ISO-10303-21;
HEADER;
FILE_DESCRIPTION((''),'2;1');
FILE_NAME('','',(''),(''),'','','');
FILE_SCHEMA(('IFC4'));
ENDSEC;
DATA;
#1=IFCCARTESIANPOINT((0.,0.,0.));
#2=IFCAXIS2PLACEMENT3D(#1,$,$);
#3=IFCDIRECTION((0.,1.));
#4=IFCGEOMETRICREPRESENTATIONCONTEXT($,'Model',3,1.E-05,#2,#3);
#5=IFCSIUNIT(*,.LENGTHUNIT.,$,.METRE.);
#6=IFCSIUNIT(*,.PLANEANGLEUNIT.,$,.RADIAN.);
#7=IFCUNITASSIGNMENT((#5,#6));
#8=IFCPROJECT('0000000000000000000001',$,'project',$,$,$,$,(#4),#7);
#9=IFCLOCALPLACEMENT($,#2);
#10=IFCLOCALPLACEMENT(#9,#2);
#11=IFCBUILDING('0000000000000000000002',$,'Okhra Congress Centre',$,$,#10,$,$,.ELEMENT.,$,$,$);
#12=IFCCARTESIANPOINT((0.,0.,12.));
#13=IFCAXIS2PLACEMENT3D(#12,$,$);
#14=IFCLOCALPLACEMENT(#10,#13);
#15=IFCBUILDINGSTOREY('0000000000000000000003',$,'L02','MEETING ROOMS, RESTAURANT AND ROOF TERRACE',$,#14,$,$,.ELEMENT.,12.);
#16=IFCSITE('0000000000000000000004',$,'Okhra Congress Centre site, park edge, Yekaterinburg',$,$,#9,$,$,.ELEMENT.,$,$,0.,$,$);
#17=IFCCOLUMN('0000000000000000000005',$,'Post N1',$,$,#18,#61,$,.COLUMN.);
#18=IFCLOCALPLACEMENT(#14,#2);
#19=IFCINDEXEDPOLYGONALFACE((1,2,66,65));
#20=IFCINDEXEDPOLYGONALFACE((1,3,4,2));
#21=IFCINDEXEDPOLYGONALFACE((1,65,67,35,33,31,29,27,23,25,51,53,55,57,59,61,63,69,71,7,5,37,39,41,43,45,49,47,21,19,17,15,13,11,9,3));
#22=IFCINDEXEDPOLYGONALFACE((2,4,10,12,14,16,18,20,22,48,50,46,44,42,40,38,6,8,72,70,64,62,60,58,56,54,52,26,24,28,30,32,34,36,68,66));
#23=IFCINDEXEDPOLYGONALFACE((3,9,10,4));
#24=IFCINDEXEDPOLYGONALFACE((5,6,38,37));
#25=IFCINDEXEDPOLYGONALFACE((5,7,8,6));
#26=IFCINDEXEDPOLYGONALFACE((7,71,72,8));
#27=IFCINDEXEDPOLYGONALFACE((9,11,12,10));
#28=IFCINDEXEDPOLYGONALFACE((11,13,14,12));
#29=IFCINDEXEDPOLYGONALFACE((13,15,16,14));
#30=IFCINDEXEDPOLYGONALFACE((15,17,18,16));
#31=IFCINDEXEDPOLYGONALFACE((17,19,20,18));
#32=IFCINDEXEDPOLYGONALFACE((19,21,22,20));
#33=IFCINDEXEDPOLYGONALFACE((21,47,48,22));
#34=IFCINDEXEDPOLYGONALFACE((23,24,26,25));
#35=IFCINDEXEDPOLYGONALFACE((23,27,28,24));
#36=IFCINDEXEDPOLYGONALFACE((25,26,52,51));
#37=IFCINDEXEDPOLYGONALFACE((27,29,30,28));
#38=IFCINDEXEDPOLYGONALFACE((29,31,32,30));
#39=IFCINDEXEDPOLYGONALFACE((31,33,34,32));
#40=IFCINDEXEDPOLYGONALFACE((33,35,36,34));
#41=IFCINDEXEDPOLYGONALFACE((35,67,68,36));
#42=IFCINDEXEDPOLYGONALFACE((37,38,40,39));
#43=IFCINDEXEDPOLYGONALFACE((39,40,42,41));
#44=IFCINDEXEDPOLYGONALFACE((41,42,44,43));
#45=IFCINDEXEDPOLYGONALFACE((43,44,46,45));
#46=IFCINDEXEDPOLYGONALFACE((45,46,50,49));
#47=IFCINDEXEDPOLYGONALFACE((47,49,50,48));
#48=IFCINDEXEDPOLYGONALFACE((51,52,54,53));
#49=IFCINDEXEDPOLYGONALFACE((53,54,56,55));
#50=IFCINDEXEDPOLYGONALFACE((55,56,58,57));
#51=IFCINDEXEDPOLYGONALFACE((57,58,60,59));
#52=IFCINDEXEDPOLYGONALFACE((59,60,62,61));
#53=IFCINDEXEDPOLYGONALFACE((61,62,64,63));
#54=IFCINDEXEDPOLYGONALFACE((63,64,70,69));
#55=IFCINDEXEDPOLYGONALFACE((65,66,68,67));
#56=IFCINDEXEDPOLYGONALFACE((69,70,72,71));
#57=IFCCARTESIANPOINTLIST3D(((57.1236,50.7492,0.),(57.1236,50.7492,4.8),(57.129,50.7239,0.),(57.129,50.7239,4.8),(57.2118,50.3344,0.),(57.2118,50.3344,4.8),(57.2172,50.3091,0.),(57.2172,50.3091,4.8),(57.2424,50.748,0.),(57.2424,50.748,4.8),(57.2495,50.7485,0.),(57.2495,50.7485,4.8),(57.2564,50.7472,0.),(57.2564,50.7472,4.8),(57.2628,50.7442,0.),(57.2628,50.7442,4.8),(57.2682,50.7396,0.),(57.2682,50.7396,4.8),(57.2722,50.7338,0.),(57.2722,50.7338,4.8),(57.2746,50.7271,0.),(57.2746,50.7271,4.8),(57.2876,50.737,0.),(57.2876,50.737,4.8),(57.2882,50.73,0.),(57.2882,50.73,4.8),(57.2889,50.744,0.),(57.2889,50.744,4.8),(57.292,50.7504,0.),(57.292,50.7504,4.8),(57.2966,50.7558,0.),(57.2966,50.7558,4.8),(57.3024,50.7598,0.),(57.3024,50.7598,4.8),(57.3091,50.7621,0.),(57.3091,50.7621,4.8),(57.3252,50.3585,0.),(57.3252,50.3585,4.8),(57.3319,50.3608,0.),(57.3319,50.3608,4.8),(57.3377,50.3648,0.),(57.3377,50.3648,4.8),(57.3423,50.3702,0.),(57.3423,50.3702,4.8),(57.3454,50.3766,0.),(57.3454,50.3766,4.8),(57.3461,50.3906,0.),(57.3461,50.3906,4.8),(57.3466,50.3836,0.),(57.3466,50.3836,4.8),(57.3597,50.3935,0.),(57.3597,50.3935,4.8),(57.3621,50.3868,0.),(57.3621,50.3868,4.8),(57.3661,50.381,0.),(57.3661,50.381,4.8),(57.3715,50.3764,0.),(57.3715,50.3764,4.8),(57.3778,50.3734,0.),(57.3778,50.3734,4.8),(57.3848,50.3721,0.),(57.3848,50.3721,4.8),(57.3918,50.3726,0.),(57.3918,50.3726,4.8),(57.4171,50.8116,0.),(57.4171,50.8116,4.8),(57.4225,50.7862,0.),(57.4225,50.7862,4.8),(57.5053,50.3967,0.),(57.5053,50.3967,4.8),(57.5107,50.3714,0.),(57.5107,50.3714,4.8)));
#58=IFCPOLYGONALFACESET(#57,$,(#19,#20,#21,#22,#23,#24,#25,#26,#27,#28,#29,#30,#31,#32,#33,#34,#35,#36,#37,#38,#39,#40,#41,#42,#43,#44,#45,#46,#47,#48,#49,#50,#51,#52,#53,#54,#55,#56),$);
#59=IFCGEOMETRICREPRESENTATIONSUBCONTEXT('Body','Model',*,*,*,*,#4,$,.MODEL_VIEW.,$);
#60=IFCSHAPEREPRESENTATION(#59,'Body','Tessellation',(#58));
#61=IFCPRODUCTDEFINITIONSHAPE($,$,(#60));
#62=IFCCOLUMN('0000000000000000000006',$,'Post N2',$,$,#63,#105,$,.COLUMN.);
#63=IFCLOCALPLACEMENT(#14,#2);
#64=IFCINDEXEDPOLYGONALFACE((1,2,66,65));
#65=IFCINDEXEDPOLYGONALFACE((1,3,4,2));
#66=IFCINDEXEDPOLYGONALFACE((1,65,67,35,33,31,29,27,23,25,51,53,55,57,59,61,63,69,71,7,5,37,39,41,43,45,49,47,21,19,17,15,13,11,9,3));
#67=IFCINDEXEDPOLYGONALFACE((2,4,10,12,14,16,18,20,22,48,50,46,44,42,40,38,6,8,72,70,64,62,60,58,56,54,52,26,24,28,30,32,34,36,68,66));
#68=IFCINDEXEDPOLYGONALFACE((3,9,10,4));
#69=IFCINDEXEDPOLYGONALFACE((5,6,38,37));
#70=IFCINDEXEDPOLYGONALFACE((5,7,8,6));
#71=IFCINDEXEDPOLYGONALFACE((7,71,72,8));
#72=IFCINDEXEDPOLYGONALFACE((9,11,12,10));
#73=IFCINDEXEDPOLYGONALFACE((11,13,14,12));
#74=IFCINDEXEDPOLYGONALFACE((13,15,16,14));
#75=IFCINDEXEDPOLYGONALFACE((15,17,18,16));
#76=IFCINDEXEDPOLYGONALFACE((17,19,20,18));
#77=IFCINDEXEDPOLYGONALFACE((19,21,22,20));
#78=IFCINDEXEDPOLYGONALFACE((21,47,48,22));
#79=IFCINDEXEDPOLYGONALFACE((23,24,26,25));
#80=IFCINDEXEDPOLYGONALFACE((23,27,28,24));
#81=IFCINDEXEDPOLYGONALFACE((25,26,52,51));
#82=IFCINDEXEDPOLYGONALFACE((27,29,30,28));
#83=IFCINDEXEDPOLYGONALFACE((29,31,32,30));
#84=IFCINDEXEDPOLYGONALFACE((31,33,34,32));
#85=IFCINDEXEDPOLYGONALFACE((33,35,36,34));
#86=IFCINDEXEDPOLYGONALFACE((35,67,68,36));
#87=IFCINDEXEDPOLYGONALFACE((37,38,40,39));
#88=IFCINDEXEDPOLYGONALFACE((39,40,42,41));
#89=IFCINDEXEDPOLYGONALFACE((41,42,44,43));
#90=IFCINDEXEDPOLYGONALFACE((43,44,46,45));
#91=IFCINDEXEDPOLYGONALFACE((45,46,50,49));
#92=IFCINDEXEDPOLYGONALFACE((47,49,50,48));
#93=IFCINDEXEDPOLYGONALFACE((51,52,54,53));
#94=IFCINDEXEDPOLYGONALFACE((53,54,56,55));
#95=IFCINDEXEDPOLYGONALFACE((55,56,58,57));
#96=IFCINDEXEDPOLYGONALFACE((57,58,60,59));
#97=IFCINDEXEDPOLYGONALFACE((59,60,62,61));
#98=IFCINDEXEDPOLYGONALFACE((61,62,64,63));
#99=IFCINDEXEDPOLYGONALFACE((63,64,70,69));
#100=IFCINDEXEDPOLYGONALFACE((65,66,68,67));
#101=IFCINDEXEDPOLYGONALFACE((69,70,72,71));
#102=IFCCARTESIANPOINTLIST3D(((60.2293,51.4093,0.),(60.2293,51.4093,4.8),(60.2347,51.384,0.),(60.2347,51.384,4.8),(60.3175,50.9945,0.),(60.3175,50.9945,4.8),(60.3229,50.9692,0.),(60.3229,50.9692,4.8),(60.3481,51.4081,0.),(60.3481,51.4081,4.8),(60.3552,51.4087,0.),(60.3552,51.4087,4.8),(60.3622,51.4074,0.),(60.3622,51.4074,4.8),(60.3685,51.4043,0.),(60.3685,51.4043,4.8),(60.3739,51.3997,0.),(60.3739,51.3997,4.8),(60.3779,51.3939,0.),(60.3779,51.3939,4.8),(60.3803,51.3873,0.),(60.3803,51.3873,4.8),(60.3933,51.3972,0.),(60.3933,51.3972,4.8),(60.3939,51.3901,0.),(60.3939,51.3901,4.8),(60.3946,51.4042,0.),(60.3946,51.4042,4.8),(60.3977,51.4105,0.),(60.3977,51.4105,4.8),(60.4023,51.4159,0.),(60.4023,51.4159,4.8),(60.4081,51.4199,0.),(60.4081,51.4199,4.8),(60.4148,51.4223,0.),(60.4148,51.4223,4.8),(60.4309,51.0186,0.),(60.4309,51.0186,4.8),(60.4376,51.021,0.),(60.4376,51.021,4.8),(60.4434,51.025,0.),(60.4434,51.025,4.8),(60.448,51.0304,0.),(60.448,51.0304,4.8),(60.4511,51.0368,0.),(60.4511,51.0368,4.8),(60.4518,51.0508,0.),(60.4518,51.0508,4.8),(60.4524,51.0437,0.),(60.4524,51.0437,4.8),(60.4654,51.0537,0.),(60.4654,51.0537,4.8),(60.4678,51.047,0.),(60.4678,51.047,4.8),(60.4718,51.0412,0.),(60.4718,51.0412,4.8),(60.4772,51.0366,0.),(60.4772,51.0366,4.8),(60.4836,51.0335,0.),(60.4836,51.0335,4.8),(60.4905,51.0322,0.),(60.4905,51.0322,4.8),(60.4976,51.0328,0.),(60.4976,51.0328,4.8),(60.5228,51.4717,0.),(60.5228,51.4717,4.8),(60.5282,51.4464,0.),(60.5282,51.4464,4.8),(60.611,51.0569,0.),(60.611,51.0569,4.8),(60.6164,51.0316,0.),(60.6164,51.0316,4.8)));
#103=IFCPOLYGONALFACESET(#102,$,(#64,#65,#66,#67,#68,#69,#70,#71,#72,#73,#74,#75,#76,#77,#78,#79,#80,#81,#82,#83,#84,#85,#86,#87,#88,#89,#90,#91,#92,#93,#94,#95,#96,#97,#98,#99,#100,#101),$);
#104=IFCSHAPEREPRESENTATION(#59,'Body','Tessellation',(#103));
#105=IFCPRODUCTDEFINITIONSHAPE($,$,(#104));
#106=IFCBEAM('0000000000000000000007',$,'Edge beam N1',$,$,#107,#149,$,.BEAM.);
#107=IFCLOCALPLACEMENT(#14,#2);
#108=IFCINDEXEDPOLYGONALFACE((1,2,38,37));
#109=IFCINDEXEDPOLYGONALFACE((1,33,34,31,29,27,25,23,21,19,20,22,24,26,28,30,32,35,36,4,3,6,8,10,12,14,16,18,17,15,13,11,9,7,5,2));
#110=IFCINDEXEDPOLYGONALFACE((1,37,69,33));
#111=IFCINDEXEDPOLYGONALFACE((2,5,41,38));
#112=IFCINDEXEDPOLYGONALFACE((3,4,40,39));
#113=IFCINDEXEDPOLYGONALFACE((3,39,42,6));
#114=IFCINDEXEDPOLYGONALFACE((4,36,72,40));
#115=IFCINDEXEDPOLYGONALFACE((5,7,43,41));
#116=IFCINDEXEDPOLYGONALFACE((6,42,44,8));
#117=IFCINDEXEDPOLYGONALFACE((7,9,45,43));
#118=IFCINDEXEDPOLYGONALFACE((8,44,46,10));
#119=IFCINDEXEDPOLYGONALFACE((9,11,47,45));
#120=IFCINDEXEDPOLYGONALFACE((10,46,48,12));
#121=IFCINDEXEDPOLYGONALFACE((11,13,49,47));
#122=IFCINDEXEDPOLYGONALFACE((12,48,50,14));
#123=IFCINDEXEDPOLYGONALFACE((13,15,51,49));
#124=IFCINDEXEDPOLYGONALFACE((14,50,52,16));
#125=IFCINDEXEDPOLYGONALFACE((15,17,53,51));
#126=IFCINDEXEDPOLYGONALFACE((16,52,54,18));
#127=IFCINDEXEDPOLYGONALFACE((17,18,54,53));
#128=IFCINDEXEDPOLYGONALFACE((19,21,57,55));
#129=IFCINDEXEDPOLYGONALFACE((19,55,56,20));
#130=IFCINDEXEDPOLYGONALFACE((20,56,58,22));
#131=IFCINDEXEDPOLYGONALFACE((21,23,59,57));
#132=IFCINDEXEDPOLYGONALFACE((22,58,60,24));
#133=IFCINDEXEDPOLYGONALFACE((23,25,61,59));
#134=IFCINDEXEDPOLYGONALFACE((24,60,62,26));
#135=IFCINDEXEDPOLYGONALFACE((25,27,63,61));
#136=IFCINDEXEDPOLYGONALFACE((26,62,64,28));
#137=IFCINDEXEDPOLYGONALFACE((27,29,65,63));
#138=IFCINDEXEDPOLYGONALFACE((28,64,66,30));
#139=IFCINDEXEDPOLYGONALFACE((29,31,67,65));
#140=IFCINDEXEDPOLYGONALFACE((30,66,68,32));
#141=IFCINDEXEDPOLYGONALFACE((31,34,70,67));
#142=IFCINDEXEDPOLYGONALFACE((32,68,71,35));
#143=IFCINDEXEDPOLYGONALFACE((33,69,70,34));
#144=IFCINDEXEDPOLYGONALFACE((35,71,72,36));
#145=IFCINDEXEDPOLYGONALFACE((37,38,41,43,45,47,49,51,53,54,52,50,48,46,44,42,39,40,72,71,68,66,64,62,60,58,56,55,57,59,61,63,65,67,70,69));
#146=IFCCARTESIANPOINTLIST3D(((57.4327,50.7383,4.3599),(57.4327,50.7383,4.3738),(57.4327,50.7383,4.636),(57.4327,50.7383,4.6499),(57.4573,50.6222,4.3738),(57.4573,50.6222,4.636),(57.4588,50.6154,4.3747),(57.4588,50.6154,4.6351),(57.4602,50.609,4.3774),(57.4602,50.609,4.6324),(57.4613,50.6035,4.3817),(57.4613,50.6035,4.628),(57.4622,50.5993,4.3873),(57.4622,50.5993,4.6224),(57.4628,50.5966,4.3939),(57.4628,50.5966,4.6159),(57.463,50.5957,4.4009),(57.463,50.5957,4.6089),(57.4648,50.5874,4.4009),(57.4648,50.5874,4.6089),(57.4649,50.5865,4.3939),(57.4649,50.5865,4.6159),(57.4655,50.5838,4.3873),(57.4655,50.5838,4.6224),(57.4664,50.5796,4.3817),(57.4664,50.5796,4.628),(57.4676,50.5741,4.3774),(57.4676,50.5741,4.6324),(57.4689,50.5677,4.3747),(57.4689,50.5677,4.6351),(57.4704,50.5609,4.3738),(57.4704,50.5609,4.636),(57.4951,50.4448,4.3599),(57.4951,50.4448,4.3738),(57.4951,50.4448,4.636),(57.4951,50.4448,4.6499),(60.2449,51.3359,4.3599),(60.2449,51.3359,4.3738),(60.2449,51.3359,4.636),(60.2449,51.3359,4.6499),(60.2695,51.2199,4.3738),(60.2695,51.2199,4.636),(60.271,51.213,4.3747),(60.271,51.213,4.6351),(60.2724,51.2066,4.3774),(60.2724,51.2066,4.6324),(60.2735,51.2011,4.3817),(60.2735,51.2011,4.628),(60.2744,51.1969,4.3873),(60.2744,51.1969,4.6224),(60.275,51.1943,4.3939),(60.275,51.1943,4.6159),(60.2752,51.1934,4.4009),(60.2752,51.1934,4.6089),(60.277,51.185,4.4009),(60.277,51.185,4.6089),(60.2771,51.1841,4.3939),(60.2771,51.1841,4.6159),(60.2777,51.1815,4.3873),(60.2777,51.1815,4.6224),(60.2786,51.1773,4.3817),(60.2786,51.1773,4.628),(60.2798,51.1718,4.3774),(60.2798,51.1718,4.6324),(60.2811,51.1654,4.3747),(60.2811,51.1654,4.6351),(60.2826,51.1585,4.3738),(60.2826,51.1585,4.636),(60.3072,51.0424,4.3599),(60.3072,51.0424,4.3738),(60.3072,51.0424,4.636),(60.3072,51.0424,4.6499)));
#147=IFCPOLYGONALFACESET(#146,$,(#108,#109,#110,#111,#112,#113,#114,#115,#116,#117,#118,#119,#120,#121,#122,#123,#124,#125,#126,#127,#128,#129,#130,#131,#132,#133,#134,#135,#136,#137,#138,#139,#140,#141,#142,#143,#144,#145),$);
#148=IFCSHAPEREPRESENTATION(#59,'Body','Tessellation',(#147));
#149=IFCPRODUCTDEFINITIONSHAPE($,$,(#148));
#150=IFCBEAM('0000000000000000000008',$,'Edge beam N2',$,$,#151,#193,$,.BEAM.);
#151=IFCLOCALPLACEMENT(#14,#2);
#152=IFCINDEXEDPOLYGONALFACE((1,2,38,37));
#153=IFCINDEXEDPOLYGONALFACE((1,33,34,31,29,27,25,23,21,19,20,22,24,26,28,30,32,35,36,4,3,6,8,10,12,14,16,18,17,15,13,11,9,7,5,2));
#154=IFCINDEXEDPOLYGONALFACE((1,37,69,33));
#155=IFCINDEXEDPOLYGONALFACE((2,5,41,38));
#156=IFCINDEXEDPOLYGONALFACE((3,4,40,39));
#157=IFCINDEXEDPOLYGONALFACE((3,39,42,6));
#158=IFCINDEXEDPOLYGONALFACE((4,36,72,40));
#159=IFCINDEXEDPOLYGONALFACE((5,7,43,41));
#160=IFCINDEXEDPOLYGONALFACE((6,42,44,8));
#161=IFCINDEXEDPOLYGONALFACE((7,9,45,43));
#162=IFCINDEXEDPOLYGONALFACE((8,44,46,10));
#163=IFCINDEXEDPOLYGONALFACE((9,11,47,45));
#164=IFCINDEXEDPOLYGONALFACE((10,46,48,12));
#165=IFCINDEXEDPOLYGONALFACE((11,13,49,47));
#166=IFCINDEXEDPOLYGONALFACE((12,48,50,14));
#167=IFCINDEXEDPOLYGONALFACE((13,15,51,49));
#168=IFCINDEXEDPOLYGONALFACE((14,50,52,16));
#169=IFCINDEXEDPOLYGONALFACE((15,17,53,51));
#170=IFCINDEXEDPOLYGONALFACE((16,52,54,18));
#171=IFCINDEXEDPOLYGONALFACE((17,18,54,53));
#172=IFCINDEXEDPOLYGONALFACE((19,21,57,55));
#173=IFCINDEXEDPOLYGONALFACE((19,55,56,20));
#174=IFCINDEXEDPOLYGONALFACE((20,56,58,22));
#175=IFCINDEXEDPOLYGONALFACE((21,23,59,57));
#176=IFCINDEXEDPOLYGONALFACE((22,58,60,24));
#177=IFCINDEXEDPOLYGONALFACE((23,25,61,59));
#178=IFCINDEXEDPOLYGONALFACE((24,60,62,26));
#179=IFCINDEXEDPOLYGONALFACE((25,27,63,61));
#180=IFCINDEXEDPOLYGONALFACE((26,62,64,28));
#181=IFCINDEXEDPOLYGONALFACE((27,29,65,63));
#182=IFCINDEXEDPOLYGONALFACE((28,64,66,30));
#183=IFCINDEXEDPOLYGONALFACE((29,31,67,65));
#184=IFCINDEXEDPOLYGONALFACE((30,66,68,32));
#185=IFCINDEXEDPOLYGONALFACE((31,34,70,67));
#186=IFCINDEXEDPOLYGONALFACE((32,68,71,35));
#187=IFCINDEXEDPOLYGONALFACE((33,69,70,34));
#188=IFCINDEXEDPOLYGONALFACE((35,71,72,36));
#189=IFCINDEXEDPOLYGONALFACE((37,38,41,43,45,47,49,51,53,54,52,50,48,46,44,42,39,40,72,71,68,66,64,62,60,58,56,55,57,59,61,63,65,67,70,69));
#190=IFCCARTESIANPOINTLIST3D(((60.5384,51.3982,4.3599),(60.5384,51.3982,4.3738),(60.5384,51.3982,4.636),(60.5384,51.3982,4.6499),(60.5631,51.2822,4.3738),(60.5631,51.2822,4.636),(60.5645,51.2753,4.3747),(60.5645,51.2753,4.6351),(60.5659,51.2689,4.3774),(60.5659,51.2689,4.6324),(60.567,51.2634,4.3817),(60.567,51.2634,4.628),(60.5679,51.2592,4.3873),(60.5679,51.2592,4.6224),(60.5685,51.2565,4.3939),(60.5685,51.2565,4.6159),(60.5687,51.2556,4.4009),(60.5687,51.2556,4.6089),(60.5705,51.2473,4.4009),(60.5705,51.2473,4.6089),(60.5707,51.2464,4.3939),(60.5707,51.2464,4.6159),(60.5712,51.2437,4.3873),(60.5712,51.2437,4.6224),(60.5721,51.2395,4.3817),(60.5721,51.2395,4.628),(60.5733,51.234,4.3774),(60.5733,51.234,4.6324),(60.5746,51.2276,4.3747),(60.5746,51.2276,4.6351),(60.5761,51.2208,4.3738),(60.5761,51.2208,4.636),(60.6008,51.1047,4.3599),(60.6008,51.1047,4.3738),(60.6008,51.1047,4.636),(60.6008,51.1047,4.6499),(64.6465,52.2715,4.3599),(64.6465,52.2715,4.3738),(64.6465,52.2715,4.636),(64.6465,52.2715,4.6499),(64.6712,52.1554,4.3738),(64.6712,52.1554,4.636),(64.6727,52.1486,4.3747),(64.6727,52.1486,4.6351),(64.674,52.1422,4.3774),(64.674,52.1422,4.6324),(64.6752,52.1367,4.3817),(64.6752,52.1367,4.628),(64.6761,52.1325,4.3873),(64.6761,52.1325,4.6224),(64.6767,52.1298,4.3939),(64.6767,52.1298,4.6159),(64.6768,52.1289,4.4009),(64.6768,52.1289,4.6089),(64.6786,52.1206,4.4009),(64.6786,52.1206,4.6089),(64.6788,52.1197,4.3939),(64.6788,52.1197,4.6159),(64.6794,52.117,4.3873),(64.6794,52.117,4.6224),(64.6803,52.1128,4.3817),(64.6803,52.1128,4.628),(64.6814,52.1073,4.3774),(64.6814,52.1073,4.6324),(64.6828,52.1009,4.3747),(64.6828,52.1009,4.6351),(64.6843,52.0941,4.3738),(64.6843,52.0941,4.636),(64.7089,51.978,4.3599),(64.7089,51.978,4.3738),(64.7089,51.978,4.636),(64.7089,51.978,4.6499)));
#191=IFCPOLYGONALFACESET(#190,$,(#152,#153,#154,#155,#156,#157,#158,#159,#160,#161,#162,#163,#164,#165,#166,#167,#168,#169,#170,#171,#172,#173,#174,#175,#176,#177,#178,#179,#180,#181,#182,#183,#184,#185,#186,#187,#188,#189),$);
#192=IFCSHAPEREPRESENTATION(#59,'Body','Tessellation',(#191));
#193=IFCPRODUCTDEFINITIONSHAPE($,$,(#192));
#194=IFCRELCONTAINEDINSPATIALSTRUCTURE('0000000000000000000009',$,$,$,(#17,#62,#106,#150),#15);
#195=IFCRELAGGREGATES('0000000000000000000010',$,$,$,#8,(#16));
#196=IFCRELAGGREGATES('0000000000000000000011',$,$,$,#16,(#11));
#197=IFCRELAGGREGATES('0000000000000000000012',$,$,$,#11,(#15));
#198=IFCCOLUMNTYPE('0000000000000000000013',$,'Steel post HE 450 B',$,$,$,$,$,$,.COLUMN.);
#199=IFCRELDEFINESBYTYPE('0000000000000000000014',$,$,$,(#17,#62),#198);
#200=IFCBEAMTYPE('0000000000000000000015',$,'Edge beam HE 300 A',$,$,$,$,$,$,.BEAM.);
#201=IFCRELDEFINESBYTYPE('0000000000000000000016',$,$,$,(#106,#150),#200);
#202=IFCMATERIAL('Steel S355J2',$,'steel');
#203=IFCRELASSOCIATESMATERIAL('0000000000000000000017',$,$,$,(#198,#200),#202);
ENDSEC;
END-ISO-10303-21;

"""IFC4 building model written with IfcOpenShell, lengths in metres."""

from ifc_helpers import new_model, si_unit, direction, frame, origin, origin_2d, place, context, subcontext, project, spatial, i_section, extrude, material, material_profile, profile_set, type_object, element, save


model = new_model("IFC4")

# Units and contexts
model_context = context("Model", 3, precision=1e-05, world=origin(), true_north=direction((0.0, 1.0)))
body_context = subcontext(model_context, "Body", "Model", "MODEL_VIEW")
ifc_project = project(units=[si_unit("LENGTHUNIT", "METRE"), si_unit("PLANEANGLEUNIT", "RADIAN")], contexts=[model_context])

# Site, building, storey
site_placement = place(None, origin())
site = spatial("IfcSite", under=ifc_project, at=site_placement, Name="Okhra Congress Centre site, park edge, Yekaterinburg", CompositionType="ELEMENT", RefElevation=0.0)
building_placement = place(site_placement, origin())
building = spatial("IfcBuilding", under=site, at=building_placement, Name="Okhra Congress Centre", CompositionType="ELEMENT")
storey_placement = place(building_placement, frame((0.0, 0.0, 12.0)))
storey = spatial("IfcBuildingStorey", under=building, at=storey_placement, Name="L02", Description="MEETING ROOMS, RESTAURANT AND ROOF TERRACE", CompositionType="ELEMENT", Elevation=12.0)

# Columns
ifc_material_1 = material(Name="Steel S355J2", Category="steel")
ifc_material_profile_1 = material_profile(ifc_material_1, i_section(OverallWidth=0.3, OverallDepth=0.45, WebThickness=0.0139, FlangeThickness=0.0259, FilletRadius=0.0271, at=origin_2d()), Name="HE 450 B")
ifc_profile_set_1 = profile_set([ifc_material_profile_1], Name="Steel S355J2")
column_type = type_object("IfcColumnType", Name="Steel post HE 450 B", PredefinedType="COLUMN", material=ifc_profile_set_1)
for number, where, z_axis, x_axis, name in (
    (1, (57.3171, 50.5603, 0.0), (0.0, 0.0, 1.0), (0.978148, 0.207912, 0.0), "Post N1"),
    (2, (60.4229, 51.2205, 0.0), (0.0, 0.0, 1.0), (0.978148, 0.207912, 0.0), "Post N2"),
):
    element("IfcColumn", number, at=place(storey_placement, frame(where, z_axis=z_axis, x_axis=x_axis)), inside=storey, type_object=column_type, Name=name, PredefinedType="COLUMN", context=body_context, shape_type="SweptSolid", body=[
        extrude(i_section(OverallWidth=0.3, OverallDepth=0.45, WebThickness=0.0139, FlangeThickness=0.0259, FilletRadius=0.0271, at=origin_2d()), origin(), (0.0, 0.0, 1.0), 4.8),
    ])

# Beams
ifc_material_profile_2 = material_profile(ifc_material_1, i_section(OverallWidth=0.3, OverallDepth=0.29, WebThickness=0.0085, FlangeThickness=0.0139, FilletRadius=0.0271, at=origin_2d()), Name="HE 300 A")
ifc_profile_set_2 = profile_set([ifc_material_profile_2], Name="Steel S355J2")
beam_type = type_object("IfcBeamType", Name="Edge beam HE 300 A", PredefinedType="BEAM", material=ifc_profile_set_2)
beam_1_placement = place(storey_placement, frame((57.4639, 50.5916, 4.5049), z_axis=(0.978155, 0.207876, 0.0), x_axis=(-0.207876, 0.978155, 0.0)))
element("IfcBeam", 3, at=beam_1_placement, inside=storey, type_object=beam_type, Name="Edge beam N1", PredefinedType="BEAM", context=body_context, shape_type="SweptSolid", body=[
    extrude(i_section(OverallWidth=0.3, OverallDepth=0.29, WebThickness=0.0085, FlangeThickness=0.0139, FilletRadius=0.0271, at=origin_2d()), origin(), (0.0, 0.0, 1.0), 2.875),
])
beam_2_placement = place(storey_placement, frame((60.5696, 51.2515, 4.5049), z_axis=(0.978144, 0.207929, 0.0), x_axis=(-0.207929, 0.978144, 0.0)))
element("IfcBeam", 4, at=beam_2_placement, inside=storey, type_object=beam_type, Name="Edge beam N2", PredefinedType="BEAM", context=body_context, shape_type="SweptSolid", body=[
    extrude(i_section(OverallWidth=0.3, OverallDepth=0.29, WebThickness=0.0085, FlangeThickness=0.0139, FilletRadius=0.0271, at=origin_2d()), origin(), (0.0, 0.0, 1.0), 4.2),
])

save(model, "model.ifc")
